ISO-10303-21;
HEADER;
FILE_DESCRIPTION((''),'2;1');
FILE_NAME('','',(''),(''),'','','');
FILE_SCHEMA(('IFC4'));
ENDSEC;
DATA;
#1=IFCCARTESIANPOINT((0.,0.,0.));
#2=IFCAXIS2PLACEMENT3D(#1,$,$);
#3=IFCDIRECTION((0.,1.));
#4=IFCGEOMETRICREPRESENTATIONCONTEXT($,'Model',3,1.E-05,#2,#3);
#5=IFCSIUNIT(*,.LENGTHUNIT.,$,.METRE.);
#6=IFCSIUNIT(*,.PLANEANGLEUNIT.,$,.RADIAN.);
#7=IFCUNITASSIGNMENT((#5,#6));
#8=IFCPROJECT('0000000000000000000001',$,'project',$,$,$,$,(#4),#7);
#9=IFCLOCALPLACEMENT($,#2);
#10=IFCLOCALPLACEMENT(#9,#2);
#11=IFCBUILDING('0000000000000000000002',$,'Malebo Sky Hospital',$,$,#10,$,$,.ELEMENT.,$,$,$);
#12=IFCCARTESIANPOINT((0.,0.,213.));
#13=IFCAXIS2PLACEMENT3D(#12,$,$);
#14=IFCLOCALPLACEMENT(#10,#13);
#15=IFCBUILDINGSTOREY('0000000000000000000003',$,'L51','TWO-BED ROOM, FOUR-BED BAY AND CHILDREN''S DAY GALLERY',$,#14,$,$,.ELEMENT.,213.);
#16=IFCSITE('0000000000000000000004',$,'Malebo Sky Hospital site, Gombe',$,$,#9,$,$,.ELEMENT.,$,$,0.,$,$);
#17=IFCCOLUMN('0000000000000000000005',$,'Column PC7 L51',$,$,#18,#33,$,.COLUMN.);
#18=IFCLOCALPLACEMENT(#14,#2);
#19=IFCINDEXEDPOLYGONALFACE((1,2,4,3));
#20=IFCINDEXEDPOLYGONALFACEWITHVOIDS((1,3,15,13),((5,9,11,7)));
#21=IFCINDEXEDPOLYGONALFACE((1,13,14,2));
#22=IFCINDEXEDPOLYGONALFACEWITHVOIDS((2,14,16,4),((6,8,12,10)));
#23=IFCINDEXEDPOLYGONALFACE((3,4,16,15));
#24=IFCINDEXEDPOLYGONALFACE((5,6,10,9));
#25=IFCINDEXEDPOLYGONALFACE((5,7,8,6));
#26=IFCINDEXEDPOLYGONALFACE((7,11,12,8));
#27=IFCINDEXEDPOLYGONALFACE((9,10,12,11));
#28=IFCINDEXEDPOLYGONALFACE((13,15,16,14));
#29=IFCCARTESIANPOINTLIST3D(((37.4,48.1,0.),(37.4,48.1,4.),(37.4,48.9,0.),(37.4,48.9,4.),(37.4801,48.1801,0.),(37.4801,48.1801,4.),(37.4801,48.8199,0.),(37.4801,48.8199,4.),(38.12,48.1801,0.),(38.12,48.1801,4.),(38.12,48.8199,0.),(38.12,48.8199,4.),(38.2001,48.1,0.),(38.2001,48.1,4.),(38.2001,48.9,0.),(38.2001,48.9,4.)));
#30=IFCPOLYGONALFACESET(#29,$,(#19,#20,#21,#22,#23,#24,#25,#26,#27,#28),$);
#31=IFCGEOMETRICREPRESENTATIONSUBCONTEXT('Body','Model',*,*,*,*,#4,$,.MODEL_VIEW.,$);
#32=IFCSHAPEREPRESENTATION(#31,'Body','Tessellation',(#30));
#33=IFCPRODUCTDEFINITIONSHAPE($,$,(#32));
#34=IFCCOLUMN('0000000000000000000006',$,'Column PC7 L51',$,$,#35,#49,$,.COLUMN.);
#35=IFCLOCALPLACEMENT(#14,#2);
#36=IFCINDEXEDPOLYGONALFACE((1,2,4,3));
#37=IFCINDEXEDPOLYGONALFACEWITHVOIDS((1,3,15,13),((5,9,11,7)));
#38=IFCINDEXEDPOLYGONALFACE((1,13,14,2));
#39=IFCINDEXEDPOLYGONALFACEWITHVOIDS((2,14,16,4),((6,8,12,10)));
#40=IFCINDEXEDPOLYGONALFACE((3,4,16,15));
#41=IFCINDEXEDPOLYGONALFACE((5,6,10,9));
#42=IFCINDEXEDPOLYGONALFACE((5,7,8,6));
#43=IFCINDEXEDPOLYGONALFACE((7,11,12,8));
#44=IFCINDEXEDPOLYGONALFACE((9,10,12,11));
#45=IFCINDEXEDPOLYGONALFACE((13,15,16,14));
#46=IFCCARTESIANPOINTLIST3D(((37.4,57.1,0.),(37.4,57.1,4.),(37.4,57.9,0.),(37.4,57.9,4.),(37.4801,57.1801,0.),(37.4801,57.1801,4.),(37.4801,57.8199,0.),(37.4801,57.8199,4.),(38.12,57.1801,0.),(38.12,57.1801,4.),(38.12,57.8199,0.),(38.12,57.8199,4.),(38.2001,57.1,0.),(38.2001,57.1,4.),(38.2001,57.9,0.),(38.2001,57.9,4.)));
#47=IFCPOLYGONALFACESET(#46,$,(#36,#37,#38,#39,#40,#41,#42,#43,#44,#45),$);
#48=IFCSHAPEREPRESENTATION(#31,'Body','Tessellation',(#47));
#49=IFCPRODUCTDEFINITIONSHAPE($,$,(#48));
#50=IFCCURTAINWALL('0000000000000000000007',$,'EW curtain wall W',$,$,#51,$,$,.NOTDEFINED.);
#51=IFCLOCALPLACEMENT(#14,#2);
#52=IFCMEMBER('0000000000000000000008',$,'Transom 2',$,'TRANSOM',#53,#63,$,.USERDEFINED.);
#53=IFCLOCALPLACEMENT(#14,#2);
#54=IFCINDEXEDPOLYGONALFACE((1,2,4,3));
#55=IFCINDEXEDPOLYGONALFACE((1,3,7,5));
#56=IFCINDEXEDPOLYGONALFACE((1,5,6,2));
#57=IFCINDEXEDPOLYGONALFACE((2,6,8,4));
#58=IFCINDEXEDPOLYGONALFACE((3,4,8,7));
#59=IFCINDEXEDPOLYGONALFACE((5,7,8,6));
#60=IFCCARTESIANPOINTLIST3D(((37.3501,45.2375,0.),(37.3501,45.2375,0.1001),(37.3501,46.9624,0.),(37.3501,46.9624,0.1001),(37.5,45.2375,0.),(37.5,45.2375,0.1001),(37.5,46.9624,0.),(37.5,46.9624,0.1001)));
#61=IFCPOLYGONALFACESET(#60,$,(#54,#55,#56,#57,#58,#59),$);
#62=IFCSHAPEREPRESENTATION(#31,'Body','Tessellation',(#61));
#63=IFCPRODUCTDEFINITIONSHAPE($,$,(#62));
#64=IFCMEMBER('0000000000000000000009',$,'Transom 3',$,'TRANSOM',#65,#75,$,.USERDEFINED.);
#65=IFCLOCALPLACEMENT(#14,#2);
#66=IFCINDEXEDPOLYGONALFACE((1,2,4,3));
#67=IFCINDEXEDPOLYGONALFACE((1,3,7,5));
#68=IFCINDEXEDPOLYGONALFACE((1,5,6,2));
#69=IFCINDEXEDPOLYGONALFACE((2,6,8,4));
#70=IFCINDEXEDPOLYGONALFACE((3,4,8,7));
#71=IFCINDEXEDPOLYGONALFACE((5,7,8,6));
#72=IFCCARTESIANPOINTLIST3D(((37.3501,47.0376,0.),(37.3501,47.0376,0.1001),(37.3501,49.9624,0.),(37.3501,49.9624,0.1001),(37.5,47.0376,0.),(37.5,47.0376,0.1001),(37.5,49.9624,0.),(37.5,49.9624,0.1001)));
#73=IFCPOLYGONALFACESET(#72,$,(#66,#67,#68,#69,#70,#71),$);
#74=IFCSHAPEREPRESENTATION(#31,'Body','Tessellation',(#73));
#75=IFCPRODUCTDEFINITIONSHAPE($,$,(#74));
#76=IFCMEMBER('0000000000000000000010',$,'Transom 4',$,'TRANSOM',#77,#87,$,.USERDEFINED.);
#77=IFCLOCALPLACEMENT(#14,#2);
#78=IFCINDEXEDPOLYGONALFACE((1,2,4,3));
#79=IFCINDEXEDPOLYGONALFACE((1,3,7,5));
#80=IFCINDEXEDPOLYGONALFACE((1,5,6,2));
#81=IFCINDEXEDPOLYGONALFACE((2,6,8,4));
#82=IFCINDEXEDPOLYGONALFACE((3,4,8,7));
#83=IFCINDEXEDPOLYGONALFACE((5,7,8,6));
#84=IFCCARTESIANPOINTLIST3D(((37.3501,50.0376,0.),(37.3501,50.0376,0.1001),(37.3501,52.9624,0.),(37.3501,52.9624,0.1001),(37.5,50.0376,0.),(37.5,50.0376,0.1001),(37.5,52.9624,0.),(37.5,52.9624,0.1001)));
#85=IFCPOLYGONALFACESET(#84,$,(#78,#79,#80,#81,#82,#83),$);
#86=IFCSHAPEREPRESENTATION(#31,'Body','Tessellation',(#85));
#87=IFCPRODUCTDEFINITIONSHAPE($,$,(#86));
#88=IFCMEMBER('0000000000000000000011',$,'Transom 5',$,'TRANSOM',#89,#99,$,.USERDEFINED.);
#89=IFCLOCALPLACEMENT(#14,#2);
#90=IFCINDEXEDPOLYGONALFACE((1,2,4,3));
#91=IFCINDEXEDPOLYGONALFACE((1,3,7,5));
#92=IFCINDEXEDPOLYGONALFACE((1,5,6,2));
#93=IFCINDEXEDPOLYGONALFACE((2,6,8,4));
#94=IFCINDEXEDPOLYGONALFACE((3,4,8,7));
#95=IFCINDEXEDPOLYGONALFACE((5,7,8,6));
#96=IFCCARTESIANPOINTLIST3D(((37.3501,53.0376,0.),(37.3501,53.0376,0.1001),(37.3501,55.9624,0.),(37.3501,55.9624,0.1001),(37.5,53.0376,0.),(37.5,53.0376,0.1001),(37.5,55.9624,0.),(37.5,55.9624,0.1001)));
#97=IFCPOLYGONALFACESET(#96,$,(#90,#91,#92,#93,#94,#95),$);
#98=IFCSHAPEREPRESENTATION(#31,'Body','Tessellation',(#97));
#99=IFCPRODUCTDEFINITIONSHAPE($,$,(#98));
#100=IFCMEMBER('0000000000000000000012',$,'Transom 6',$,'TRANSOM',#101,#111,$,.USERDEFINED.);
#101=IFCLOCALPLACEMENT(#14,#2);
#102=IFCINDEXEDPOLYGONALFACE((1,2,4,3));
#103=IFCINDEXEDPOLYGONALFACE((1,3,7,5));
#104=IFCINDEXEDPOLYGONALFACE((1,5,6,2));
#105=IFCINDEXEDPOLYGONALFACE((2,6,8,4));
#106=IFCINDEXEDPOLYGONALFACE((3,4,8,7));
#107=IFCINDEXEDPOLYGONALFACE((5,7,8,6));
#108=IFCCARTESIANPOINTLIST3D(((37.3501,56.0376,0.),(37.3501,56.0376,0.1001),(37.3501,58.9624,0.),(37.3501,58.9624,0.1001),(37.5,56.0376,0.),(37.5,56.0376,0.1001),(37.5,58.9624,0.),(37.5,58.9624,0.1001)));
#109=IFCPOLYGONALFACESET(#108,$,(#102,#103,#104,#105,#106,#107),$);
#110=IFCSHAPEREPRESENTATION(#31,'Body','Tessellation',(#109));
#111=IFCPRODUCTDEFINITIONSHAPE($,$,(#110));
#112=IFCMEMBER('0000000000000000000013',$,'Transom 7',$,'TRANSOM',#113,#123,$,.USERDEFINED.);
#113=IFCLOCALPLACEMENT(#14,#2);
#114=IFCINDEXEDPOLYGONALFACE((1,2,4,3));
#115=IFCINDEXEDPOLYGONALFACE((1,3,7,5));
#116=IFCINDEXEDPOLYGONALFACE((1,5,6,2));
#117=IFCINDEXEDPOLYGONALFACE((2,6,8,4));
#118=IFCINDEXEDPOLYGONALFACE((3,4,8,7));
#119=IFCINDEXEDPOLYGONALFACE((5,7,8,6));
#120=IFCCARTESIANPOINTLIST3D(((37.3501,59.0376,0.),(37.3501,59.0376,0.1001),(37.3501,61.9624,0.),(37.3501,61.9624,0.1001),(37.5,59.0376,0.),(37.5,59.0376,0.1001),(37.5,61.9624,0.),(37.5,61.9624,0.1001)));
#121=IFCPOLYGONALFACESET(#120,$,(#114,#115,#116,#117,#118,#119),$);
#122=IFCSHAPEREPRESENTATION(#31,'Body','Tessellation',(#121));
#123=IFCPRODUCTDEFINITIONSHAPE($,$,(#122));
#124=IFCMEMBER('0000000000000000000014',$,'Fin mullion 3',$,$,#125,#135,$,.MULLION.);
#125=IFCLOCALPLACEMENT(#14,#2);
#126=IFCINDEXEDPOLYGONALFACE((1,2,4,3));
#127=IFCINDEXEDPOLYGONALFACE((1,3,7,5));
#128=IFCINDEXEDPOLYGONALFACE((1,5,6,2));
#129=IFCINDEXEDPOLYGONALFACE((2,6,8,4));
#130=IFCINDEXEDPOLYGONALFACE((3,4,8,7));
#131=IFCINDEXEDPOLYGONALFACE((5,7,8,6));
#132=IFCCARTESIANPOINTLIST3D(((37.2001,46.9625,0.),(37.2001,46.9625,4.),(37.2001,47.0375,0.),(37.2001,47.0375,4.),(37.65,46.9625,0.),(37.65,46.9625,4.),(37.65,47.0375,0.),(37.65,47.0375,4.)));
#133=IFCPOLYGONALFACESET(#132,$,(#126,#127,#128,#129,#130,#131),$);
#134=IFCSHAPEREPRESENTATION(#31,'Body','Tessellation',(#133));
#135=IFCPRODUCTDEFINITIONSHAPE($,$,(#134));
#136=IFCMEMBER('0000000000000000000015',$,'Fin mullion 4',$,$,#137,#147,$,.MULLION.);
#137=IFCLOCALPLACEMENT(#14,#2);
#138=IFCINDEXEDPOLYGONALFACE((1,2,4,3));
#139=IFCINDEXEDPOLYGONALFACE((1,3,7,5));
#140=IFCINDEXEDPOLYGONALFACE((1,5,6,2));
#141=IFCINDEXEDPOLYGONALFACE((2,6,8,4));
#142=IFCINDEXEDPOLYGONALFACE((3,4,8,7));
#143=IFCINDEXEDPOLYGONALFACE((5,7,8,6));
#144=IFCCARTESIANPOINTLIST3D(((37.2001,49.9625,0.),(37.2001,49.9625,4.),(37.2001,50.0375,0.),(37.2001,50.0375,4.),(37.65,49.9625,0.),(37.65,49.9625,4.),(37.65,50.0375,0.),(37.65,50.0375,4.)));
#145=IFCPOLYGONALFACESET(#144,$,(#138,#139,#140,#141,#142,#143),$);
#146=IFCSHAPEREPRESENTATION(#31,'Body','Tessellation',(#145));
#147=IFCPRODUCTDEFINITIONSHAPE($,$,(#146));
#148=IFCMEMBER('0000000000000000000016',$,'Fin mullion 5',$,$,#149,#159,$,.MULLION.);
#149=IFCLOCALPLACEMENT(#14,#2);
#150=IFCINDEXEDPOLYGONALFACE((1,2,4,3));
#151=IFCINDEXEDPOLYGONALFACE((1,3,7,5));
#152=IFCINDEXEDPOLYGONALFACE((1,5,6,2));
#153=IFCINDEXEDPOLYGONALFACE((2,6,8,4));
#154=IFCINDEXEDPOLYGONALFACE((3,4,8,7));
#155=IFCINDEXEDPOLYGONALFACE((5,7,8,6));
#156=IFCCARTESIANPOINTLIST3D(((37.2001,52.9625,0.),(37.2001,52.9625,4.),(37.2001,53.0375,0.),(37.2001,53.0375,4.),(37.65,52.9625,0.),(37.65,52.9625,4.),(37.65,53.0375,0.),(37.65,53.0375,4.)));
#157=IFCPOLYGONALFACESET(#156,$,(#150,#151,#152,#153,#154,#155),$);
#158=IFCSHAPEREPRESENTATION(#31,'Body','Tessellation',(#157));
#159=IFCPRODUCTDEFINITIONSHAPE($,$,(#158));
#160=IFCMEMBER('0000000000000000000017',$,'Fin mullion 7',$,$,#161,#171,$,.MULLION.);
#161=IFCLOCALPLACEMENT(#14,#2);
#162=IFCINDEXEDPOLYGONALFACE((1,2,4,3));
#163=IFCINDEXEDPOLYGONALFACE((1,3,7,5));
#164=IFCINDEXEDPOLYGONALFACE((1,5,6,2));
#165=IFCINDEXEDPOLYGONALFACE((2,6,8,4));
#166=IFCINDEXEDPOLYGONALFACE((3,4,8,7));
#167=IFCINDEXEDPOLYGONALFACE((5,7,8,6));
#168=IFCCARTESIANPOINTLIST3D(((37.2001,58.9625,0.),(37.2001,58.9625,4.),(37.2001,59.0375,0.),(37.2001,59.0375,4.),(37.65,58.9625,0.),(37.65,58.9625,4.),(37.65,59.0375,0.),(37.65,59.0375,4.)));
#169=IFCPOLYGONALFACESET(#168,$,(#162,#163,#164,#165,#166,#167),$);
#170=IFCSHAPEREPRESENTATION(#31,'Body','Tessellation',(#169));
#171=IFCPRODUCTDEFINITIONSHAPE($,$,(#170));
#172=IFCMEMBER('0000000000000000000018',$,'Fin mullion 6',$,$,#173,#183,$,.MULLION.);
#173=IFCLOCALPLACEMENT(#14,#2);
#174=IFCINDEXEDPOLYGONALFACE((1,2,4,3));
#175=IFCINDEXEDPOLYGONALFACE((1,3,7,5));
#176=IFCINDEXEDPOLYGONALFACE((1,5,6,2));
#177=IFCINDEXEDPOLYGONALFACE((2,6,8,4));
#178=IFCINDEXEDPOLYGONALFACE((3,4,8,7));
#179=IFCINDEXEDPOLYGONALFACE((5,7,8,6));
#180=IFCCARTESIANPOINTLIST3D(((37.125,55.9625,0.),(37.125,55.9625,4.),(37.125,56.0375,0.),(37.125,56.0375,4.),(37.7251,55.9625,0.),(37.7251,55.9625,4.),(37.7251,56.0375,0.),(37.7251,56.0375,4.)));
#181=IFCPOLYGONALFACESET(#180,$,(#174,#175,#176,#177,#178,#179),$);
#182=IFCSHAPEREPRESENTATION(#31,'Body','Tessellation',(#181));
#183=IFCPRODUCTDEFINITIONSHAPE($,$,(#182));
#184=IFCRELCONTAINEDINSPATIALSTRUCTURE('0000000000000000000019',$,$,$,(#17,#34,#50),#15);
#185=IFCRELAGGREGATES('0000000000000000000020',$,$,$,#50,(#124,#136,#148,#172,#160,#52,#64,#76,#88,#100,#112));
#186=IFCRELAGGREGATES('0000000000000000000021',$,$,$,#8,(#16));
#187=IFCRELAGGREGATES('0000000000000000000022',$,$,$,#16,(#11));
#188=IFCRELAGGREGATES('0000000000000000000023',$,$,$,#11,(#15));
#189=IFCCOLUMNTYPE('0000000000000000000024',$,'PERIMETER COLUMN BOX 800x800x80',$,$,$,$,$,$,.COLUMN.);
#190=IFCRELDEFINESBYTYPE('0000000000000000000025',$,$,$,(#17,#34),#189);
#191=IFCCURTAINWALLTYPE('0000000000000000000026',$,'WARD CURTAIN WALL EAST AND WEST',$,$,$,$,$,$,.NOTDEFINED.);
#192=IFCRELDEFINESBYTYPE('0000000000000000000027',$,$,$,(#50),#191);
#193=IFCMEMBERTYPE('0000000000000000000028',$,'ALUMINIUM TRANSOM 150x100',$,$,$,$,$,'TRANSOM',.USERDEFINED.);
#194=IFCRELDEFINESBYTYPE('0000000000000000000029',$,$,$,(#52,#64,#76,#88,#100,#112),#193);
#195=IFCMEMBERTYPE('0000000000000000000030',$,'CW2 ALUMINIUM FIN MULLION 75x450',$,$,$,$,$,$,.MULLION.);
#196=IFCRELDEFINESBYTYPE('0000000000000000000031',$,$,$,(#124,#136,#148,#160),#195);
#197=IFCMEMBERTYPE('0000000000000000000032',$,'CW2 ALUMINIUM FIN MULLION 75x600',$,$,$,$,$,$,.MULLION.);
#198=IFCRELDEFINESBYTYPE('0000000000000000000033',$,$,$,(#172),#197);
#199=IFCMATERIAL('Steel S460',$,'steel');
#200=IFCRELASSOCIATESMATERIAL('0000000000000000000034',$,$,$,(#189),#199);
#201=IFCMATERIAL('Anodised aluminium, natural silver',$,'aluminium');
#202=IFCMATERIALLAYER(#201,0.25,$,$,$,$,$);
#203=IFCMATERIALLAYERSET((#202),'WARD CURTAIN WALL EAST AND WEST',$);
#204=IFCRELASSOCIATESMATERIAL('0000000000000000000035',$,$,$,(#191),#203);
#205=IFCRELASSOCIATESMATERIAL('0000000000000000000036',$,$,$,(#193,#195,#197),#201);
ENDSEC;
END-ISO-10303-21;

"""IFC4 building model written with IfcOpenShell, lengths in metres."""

from ifc_helpers import new_model, si_unit, direction, frame, origin, origin_2d, place, context, subcontext, project, spatial, rectangle, hollow_rectangle, extrude, material, layer, layer_set, material_profile, profile_set, type_object, element, aggregate, save


model = new_model("IFC4")

# Units and contexts
model_context = context("Model", 3, precision=1e-05, world=origin(), true_north=direction((0.0, 1.0)))
body_context = subcontext(model_context, "Body", "Model", "MODEL_VIEW")
ifc_project = project(units=[si_unit("LENGTHUNIT", "METRE"), si_unit("PLANEANGLEUNIT", "RADIAN")], contexts=[model_context])

# Site, building, storey
site_placement = place(None, origin())
site = spatial("IfcSite", under=ifc_project, at=site_placement, Name="Malebo Sky Hospital site, Gombe", CompositionType="ELEMENT", RefElevation=0.0)
building_placement = place(site_placement, origin())
building = spatial("IfcBuilding", under=site, at=building_placement, Name="Malebo Sky Hospital", CompositionType="ELEMENT")
storey_placement = place(building_placement, frame((0.0, 0.0, 213.0)))
storey = spatial("IfcBuildingStorey", under=building, at=storey_placement, Name="L51", Description="TWO-BED ROOM, FOUR-BED BAY AND CHILDREN'S DAY GALLERY", CompositionType="ELEMENT", Elevation=213.0)

# Columns
ifc_material_1 = material(Name="Steel S460", Category="steel")
ifc_material_profile_1 = material_profile(ifc_material_1, hollow_rectangle(XDim=0.8, YDim=0.8, WallThickness=0.0801, at=origin_2d()), Name="BOX 800x800x80")
ifc_profile_set_1 = profile_set([ifc_material_profile_1], Name="Steel S460")
column_type = type_object("IfcColumnType", Name="PERIMETER COLUMN BOX 800x800x80", PredefinedType="COLUMN", material=ifc_profile_set_1)
for number, where, z_axis, x_axis, name in (
    (1, (37.8, 48.5, 0.0), (0.0, 0.0, 1.0), (1.0, 0.0, 0.0), "Column PC7 L51"),
    (2, (37.8, 57.5, 0.0), (0.0, 0.0, 1.0), (1.0, 0.0, 0.0), "Column PC7 L51"),
):
    element("IfcColumn", number, at=place(storey_placement, frame(where, z_axis=z_axis, x_axis=x_axis)), inside=storey, type_object=column_type, Name=name, PredefinedType="COLUMN", context=body_context, shape_type="SweptSolid", body=[
        extrude(hollow_rectangle(XDim=0.8, YDim=0.8, WallThickness=0.0801, at=origin_2d()), origin(), (0.0, 0.0, 1.0), 4.0),
    ])

# Curtain wall, members
ifc_material_2 = material(Name="Anodised aluminium, natural silver", Category="aluminium")
ifc_layer_1 = layer(ifc_material_2, 0.25)
ifc_layer_set_1 = layer_set([ifc_layer_1], Name="WARD CURTAIN WALL EAST AND WEST")
curtain_wall_type = type_object("IfcCurtainWallType", Name="WARD CURTAIN WALL EAST AND WEST", PredefinedType="NOTDEFINED", material=ifc_layer_set_1)
curtain_wall_placement = place(storey_placement, origin())
curtain_wall = element("IfcCurtainWall", 3, at=curtain_wall_placement, inside=storey, type_object=curtain_wall_type, Name="EW curtain wall W", PredefinedType="NOTDEFINED")
ifc_material_profile_2 = material_profile(ifc_material_2, rectangle(XDim=0.1499, YDim=0.1001, at=origin_2d()), Name="ALUMINIUM TRANSOM 150x100")
ifc_profile_set_2 = profile_set([ifc_material_profile_2], Name="Anodised aluminium, natural silver")
member_type_1 = type_object("IfcMemberType", Name="ALUMINIUM TRANSOM 150x100", ElementType="TRANSOM", PredefinedType="USERDEFINED", material=ifc_profile_set_2)
member_1_placement = place(storey_placement, frame((37.425, 45.2375, 0.05), z_axis=(0.0, 1.0, 0.0), x_axis=(-1.0, 0.0, 0.0)))
member_1 = element("IfcMember", 4, at=member_1_placement, type_object=member_type_1, Name="Transom 2", ObjectType="TRANSOM", PredefinedType="USERDEFINED", context=body_context, shape_type="SweptSolid", body=[
    extrude(rectangle(XDim=0.1499, YDim=0.1001, at=origin_2d()), origin(), (0.0, 0.0, 1.0), 1.7249),
])
member_2_placement = place(storey_placement, frame((37.425, 47.0376, 0.05), z_axis=(0.0, 1.0, 0.0), x_axis=(-1.0, 0.0, 0.0)))
member_2 = element("IfcMember", 5, at=member_2_placement, type_object=member_type_1, Name="Transom 3", ObjectType="TRANSOM", PredefinedType="USERDEFINED", context=body_context, shape_type="SweptSolid", body=[
    extrude(rectangle(XDim=0.1499, YDim=0.1001, at=origin_2d()), origin(), (0.0, 0.0, 1.0), 2.9248),
])
member_3_placement = place(storey_placement, frame((37.425, 50.0376, 0.05), z_axis=(0.0, 1.0, 0.0), x_axis=(-1.0, 0.0, 0.0)))
member_3 = element("IfcMember", 6, at=member_3_placement, type_object=member_type_1, Name="Transom 4", ObjectType="TRANSOM", PredefinedType="USERDEFINED", context=body_context, shape_type="SweptSolid", body=[
    extrude(rectangle(XDim=0.1499, YDim=0.1001, at=origin_2d()), origin(), (0.0, 0.0, 1.0), 2.9248),
])
member_4_placement = place(storey_placement, frame((37.425, 53.0376, 0.05), z_axis=(0.0, 1.0, 0.0), x_axis=(-1.0, 0.0, 0.0)))
member_4 = element("IfcMember", 7, at=member_4_placement, type_object=member_type_1, Name="Transom 5", ObjectType="TRANSOM", PredefinedType="USERDEFINED", context=body_context, shape_type="SweptSolid", body=[
    extrude(rectangle(XDim=0.1499, YDim=0.1001, at=origin_2d()), origin(), (0.0, 0.0, 1.0), 2.9248),
])
member_5_placement = place(storey_placement, frame((37.425, 56.0376, 0.05), z_axis=(0.0, 1.0, 0.0), x_axis=(-1.0, 0.0, 0.0)))
member_5 = element("IfcMember", 8, at=member_5_placement, type_object=member_type_1, Name="Transom 6", ObjectType="TRANSOM", PredefinedType="USERDEFINED", context=body_context, shape_type="SweptSolid", body=[
    extrude(rectangle(XDim=0.1499, YDim=0.1001, at=origin_2d()), origin(), (0.0, 0.0, 1.0), 2.9248),
])
member_6_placement = place(storey_placement, frame((37.425, 59.0376, 0.05), z_axis=(0.0, 1.0, 0.0), x_axis=(-1.0, 0.0, 0.0)))
member_6 = element("IfcMember", 9, at=member_6_placement, type_object=member_type_1, Name="Transom 7", ObjectType="TRANSOM", PredefinedType="USERDEFINED", context=body_context, shape_type="SweptSolid", body=[
    extrude(rectangle(XDim=0.1499, YDim=0.1001, at=origin_2d()), origin(), (0.0, 0.0, 1.0), 2.9248),
])
ifc_material_profile_3 = material_profile(ifc_material_2, rectangle(XDim=0.075, YDim=0.45, at=origin_2d()), Name="CW2 ALUMINIUM FIN MULLION 75x450")
ifc_profile_set_3 = profile_set([ifc_material_profile_3], Name="Anodised aluminium, natural silver")
member_type_2 = type_object("IfcMemberType", Name="CW2 ALUMINIUM FIN MULLION 75x450", PredefinedType="MULLION", material=ifc_profile_set_3)
member_7_placement = place(storey_placement, frame((37.425, 47.0, 0.0), z_axis=(0.0, 0.0, 1.0), x_axis=(0.0, 1.0, 0.0)))
member_7 = element("IfcMember", 10, at=member_7_placement, type_object=member_type_2, Name="Fin mullion 3", PredefinedType="MULLION", context=body_context, shape_type="SweptSolid", body=[
    extrude(rectangle(XDim=0.075, YDim=0.45, at=origin_2d()), origin(), (0.0, 0.0, 1.0), 4.0),
])
member_8_placement = place(storey_placement, frame((37.425, 50.0, 0.0), z_axis=(0.0, 0.0, 1.0), x_axis=(0.0, 1.0, 0.0)))
member_8 = element("IfcMember", 11, at=member_8_placement, type_object=member_type_2, Name="Fin mullion 4", PredefinedType="MULLION", context=body_context, shape_type="SweptSolid", body=[
    extrude(rectangle(XDim=0.075, YDim=0.45, at=origin_2d()), origin(), (0.0, 0.0, 1.0), 4.0),
])
member_9_placement = place(storey_placement, frame((37.425, 53.0, 0.0), z_axis=(0.0, 0.0, 1.0), x_axis=(0.0, 1.0, 0.0)))
member_9 = element("IfcMember", 12, at=member_9_placement, type_object=member_type_2, Name="Fin mullion 5", PredefinedType="MULLION", context=body_context, shape_type="SweptSolid", body=[
    extrude(rectangle(XDim=0.075, YDim=0.45, at=origin_2d()), origin(), (0.0, 0.0, 1.0), 4.0),
])
member_10_placement = place(storey_placement, frame((37.425, 59.0, 0.0), z_axis=(0.0, 0.0, 1.0), x_axis=(0.0, 1.0, 0.0)))
member_10 = element("IfcMember", 13, at=member_10_placement, type_object=member_type_2, Name="Fin mullion 7", PredefinedType="MULLION", context=body_context, shape_type="SweptSolid", body=[
    extrude(rectangle(XDim=0.075, YDim=0.45, at=origin_2d()), origin(), (0.0, 0.0, 1.0), 4.0),
])
ifc_material_profile_4 = material_profile(ifc_material_2, rectangle(XDim=0.075, YDim=0.6001, at=origin_2d()), Name="CW2 ALUMINIUM FIN MULLION 75x600")
ifc_profile_set_4 = profile_set([ifc_material_profile_4], Name="Anodised aluminium, natural silver")
member_type_3 = type_object("IfcMemberType", Name="CW2 ALUMINIUM FIN MULLION 75x600", PredefinedType="MULLION", material=ifc_profile_set_4)
member_11_placement = place(storey_placement, frame((37.425, 56.0, 0.0), z_axis=(0.0, 0.0, 1.0), x_axis=(0.0, 1.0, 0.0)))
member_11 = element("IfcMember", 14, at=member_11_placement, type_object=member_type_3, Name="Fin mullion 6", PredefinedType="MULLION", context=body_context, shape_type="SweptSolid", body=[
    extrude(rectangle(XDim=0.075, YDim=0.6001, at=origin_2d()), origin(), (0.0, 0.0, 1.0), 4.0),
])

aggregate(curtain_wall, [member_7, member_8, member_9, member_11, member_10, member_1, member_2, member_3, member_4, member_5, member_6])

save(model, "model.ifc")
